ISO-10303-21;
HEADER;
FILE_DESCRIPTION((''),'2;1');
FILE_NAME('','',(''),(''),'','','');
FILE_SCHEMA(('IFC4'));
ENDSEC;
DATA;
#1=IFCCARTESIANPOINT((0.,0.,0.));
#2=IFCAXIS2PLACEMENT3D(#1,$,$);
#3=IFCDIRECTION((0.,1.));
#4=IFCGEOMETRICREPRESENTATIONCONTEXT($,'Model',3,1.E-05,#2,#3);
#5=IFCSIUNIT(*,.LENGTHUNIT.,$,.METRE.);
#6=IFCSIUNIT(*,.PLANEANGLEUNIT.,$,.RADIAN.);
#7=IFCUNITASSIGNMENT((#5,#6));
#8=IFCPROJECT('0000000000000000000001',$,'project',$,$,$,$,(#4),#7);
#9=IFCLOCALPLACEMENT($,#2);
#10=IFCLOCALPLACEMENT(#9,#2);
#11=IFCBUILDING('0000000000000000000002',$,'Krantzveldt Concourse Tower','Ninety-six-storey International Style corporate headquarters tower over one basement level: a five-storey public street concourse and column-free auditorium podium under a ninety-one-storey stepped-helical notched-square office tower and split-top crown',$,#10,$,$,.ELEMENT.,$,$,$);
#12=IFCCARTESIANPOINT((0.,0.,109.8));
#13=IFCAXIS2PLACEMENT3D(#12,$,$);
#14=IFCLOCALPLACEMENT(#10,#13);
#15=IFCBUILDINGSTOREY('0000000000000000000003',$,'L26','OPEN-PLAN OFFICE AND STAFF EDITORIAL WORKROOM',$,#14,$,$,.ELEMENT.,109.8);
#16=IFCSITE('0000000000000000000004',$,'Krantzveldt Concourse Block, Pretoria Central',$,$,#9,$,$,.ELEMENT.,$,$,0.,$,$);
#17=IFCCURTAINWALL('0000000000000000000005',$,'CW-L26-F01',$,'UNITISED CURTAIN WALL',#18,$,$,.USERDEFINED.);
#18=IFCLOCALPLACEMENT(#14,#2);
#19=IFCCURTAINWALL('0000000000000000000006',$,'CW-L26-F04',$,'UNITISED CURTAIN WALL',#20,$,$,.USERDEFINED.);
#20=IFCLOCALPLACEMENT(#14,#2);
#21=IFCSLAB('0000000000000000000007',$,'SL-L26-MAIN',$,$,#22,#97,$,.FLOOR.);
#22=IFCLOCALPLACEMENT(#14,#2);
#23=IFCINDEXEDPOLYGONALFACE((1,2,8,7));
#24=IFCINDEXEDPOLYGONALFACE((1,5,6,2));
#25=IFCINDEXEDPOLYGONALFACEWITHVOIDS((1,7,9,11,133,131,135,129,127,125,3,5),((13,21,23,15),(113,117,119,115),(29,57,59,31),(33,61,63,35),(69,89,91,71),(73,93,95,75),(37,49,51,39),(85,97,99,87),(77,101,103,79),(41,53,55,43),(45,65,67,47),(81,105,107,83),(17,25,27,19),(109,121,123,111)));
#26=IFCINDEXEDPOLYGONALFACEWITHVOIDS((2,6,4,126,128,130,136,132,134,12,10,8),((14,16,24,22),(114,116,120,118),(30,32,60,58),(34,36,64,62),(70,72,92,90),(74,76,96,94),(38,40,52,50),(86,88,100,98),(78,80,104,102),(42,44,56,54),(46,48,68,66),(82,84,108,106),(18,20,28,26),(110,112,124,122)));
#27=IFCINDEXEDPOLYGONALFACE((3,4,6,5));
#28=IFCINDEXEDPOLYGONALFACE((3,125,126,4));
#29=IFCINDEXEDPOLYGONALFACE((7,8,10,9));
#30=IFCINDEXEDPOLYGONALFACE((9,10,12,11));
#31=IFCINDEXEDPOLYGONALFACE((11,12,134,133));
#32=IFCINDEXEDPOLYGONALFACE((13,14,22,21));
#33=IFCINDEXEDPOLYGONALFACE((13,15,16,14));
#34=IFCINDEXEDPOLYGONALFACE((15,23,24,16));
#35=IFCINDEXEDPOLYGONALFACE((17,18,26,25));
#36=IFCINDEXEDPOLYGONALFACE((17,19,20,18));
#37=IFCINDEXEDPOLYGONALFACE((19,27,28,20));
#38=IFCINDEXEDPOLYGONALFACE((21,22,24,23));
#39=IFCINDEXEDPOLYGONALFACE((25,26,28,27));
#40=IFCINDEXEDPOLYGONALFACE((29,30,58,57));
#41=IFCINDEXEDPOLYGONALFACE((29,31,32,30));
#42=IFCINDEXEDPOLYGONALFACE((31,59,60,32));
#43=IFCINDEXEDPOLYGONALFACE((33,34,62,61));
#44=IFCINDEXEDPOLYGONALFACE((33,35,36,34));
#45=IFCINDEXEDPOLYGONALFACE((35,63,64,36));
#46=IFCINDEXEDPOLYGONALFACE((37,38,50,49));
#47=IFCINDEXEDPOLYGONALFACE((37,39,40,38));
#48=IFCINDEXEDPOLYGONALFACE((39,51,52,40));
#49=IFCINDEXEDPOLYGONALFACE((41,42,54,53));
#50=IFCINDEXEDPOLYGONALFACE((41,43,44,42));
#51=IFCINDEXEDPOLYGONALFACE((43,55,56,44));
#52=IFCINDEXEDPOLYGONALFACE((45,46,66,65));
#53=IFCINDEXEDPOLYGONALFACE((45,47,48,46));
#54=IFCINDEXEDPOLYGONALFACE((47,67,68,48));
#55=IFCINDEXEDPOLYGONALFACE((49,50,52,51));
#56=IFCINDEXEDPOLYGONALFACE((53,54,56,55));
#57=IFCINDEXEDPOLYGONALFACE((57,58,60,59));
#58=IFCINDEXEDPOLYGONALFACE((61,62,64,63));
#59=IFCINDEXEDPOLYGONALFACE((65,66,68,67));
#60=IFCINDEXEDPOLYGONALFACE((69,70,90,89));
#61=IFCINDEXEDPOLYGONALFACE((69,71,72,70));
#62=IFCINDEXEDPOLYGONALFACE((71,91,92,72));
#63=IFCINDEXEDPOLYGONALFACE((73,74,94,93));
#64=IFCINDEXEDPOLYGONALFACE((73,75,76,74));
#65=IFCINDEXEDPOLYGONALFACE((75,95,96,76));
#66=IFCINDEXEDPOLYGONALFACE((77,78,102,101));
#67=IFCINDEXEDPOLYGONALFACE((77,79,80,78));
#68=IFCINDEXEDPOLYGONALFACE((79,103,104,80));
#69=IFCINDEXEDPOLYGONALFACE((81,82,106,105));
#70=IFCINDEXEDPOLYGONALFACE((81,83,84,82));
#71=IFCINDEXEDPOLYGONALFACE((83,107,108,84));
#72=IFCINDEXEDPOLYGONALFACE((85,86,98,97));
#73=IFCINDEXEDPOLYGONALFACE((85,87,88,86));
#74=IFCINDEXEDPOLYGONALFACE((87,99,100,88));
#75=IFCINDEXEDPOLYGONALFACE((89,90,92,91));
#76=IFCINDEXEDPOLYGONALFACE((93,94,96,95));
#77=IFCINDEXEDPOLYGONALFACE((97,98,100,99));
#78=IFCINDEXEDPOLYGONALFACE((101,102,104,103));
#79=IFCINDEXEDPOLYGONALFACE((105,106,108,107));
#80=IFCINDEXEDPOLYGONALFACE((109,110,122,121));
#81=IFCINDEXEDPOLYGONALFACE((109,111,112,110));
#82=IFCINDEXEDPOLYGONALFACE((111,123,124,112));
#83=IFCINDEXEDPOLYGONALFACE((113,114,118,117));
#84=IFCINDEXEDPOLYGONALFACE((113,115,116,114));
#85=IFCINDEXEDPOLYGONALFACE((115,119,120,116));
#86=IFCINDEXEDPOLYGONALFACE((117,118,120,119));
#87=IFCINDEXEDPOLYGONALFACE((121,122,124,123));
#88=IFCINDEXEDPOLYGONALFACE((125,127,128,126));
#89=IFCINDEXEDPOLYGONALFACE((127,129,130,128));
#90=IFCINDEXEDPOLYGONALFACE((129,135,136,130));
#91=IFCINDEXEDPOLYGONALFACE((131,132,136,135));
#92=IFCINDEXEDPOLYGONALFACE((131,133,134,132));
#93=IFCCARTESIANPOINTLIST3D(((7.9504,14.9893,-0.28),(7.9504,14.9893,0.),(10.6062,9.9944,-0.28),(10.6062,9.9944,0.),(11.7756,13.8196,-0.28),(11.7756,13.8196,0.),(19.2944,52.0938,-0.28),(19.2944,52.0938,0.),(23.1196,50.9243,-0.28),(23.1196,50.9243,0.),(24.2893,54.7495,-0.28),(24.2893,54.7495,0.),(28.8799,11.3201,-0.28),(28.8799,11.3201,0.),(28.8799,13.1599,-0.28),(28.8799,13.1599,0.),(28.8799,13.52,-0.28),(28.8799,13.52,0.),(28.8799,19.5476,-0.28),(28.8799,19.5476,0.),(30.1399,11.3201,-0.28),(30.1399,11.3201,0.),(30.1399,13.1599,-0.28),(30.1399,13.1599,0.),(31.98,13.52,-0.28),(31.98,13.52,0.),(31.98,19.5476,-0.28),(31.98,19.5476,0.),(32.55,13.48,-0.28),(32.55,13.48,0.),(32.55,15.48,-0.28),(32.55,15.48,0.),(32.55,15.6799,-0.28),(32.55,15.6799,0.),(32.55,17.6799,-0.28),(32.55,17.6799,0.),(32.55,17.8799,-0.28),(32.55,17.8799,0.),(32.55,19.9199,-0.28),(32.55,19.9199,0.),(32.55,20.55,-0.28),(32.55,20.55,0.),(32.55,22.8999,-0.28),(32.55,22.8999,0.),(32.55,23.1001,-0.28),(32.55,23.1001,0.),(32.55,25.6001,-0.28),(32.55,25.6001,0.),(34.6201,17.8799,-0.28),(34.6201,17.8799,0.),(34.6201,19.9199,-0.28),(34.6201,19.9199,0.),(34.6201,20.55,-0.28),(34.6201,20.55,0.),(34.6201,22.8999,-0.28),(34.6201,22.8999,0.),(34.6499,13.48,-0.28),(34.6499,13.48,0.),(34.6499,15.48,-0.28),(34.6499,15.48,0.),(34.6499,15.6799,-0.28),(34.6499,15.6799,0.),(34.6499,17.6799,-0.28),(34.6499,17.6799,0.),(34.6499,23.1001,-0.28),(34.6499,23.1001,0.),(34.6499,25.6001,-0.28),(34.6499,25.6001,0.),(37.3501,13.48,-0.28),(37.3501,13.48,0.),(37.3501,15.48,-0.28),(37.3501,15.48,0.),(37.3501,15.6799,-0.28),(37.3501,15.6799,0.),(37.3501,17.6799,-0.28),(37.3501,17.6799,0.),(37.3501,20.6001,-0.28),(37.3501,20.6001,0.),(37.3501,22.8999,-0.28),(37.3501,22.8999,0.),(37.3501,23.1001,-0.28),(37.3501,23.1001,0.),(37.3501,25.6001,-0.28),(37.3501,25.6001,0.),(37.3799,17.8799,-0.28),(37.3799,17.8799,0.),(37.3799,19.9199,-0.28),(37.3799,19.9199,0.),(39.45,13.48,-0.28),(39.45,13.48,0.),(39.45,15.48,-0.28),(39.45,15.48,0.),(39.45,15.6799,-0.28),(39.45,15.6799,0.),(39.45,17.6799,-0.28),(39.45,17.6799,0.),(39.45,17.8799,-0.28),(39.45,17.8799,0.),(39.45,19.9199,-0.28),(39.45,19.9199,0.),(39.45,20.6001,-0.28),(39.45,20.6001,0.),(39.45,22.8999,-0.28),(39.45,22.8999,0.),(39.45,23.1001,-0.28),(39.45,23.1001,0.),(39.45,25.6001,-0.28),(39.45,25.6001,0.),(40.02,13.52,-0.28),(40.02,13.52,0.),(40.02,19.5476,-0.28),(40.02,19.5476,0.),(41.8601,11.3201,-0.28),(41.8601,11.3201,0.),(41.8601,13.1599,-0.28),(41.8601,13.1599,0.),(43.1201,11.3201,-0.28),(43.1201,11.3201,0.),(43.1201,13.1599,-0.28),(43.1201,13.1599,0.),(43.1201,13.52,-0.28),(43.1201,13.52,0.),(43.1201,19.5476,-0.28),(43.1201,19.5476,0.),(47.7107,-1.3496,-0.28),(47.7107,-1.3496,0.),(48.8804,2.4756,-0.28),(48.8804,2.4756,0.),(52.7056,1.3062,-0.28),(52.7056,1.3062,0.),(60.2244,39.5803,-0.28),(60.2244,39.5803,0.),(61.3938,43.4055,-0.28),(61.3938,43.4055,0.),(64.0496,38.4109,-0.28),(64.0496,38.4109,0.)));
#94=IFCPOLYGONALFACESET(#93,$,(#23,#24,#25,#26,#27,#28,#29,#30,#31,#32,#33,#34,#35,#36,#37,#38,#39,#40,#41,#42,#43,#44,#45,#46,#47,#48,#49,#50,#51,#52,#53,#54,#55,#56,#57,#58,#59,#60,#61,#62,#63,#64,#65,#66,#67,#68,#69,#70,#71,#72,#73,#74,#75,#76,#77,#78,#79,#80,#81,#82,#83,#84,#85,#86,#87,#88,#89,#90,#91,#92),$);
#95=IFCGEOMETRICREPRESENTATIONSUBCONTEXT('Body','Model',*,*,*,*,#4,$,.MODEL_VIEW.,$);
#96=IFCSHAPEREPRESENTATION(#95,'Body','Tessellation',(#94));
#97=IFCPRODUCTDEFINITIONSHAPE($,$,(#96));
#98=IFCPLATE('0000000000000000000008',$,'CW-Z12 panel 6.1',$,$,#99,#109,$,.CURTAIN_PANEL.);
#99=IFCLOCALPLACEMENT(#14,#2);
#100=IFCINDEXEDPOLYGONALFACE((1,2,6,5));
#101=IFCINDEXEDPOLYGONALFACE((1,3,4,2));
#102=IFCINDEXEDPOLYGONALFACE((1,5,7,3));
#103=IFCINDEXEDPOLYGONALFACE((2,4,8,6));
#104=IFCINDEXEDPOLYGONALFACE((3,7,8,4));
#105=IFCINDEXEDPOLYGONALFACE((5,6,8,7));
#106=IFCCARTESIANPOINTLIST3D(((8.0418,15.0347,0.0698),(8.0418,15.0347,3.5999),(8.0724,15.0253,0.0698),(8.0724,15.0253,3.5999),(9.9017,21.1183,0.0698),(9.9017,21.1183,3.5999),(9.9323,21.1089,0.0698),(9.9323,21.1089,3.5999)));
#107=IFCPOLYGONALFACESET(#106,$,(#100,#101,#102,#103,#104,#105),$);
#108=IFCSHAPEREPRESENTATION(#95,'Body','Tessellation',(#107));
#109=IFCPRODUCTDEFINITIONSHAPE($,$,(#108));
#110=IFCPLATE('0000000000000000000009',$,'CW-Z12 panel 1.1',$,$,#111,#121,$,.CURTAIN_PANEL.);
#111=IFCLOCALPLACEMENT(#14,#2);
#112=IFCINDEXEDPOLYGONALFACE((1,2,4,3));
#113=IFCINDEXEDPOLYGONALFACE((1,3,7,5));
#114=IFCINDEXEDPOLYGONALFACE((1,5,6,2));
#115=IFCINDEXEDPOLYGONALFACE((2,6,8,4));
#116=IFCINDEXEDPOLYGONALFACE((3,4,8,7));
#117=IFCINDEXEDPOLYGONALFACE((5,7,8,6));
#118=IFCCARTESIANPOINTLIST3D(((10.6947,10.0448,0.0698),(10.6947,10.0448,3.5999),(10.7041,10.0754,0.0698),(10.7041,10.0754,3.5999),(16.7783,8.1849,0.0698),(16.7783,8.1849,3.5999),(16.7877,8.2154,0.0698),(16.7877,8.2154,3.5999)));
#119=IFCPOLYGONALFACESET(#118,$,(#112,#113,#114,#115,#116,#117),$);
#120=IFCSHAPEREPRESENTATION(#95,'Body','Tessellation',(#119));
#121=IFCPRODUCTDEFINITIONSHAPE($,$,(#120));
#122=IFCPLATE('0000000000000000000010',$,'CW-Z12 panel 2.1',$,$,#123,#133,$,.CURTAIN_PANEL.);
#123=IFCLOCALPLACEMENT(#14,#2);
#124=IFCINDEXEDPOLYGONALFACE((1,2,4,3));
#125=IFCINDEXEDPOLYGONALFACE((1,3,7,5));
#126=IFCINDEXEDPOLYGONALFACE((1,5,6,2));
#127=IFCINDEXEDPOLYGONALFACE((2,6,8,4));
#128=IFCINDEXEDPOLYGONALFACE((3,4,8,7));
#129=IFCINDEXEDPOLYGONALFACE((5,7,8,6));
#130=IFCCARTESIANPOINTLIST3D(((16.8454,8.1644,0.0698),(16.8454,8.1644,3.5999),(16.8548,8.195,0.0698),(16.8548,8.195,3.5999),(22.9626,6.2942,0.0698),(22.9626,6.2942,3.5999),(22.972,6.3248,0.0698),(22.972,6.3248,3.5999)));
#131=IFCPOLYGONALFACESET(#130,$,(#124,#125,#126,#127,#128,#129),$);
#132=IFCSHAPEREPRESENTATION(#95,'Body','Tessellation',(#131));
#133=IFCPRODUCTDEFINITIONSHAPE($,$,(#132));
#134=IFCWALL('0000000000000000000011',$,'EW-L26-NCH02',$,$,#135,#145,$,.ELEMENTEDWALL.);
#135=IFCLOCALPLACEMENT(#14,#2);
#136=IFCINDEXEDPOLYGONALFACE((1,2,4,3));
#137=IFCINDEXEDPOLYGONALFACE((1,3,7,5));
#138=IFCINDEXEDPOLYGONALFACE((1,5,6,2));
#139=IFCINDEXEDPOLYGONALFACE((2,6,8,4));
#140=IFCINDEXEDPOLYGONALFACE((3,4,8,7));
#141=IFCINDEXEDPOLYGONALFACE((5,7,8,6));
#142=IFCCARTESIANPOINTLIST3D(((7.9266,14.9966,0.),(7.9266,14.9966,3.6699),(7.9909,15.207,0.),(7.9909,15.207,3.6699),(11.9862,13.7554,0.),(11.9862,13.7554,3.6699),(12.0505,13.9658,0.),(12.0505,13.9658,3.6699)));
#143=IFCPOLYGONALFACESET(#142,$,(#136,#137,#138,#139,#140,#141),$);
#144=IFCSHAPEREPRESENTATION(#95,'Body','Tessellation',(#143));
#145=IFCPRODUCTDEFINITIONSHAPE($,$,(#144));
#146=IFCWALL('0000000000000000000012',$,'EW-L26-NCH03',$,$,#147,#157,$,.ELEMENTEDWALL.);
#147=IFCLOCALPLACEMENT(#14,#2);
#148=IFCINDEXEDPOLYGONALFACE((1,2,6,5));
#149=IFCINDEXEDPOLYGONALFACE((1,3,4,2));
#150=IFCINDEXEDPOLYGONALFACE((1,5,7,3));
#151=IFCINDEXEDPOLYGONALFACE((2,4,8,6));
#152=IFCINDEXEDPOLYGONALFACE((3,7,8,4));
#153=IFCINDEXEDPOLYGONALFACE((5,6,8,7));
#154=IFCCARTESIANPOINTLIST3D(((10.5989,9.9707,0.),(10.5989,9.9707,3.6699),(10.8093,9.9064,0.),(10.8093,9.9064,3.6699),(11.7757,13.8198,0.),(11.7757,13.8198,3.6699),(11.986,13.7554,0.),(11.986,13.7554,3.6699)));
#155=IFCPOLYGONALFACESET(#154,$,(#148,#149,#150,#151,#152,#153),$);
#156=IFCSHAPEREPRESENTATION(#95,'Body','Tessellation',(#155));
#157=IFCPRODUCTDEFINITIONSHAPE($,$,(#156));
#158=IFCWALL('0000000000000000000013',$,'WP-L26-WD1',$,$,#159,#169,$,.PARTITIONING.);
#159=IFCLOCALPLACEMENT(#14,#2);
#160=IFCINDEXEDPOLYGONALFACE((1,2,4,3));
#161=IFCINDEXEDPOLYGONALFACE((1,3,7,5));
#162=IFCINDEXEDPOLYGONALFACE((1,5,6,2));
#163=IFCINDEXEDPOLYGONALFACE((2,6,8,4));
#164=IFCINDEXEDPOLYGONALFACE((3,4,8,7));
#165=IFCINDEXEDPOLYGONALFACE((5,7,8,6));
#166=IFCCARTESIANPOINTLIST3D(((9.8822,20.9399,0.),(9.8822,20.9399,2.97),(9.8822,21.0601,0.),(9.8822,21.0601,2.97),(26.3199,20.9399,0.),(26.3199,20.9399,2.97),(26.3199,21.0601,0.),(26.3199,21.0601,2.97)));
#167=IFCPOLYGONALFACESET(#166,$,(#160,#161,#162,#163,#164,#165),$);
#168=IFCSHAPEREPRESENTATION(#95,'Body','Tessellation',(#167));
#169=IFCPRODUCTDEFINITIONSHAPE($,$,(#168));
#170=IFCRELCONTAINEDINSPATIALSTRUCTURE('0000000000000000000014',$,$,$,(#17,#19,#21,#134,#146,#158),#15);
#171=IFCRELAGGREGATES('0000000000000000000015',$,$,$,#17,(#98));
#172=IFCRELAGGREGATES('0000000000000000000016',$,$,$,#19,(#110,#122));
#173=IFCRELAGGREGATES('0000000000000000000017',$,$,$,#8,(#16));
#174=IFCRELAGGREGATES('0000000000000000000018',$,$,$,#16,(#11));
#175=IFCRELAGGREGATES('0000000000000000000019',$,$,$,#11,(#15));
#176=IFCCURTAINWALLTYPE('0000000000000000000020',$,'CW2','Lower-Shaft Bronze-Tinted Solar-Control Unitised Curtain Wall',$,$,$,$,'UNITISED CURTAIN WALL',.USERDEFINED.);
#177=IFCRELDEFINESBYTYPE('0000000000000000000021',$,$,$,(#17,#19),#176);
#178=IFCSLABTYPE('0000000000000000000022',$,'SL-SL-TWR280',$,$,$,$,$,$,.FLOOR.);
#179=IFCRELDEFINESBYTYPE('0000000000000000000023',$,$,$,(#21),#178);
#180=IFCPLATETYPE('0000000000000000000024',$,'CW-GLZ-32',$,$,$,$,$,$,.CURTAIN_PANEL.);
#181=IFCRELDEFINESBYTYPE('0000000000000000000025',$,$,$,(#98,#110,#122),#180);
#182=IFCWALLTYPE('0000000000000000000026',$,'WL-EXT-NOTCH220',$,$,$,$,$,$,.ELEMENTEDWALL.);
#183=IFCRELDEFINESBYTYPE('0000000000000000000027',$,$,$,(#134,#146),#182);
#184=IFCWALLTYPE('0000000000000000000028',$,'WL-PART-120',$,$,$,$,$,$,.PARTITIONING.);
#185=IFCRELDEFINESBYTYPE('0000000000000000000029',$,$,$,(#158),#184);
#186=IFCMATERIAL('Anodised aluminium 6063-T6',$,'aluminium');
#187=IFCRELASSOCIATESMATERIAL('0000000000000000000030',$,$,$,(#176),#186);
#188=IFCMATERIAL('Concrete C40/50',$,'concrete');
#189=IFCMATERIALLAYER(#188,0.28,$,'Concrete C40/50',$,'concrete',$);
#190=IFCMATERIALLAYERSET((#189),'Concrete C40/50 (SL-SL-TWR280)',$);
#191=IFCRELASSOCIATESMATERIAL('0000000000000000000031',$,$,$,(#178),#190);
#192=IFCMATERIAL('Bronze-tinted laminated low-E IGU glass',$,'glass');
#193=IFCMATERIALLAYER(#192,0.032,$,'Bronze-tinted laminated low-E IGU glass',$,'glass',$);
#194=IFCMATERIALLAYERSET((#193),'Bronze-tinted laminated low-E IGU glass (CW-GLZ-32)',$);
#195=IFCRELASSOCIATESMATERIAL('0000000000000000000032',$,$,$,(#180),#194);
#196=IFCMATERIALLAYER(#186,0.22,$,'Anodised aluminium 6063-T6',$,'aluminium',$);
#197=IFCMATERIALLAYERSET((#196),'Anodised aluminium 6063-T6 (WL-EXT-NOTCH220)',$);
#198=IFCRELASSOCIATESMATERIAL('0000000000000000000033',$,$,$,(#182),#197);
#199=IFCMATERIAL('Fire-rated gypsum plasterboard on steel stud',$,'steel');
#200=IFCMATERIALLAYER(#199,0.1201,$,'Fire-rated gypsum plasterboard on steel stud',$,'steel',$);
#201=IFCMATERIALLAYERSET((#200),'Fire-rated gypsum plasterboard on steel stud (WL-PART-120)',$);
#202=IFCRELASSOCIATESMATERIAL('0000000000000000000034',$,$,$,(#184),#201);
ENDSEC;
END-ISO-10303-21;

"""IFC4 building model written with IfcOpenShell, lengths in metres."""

from ifc_helpers import new_model, si_unit, direction, frame, frame_2d, origin, origin_2d, place, context, subcontext, project, spatial, polyline, rectangle, outline, extrude, source, transform, mapped, material, layer, layer_set, type_object, type_shapes, element, aggregate, save


model = new_model("IFC4")

# Units and contexts
model_context = context("Model", 3, precision=1e-05, world=origin(), true_north=direction((0.0, 1.0)))
body_context = subcontext(model_context, "Body", "Model", "MODEL_VIEW")
ifc_project = project(units=[si_unit("LENGTHUNIT", "METRE"), si_unit("PLANEANGLEUNIT", "RADIAN")], contexts=[model_context])

# Site, building, storey
site_placement = place(None, origin())
site = spatial("IfcSite", under=ifc_project, at=site_placement, Name="Krantzveldt Concourse Block, Pretoria Central", CompositionType="ELEMENT", RefElevation=0.0)
building_placement = place(site_placement, origin())
building = spatial("IfcBuilding", under=site, at=building_placement, Name="Krantzveldt Concourse Tower", Description="Ninety-six-storey International Style corporate headquarters tower over one basement level: a five-storey public street concourse and column-free auditorium podium under a ninety-one-storey stepped-helical notched-square office tower and split-top crown", CompositionType="ELEMENT")
storey_placement = place(building_placement, frame((0.0, 0.0, 109.8)))
storey = spatial("IfcBuildingStorey", under=building, at=storey_placement, Name="L26", Description="OPEN-PLAN OFFICE AND STAFF EDITORIAL WORKROOM", CompositionType="ELEMENT", Elevation=109.8)

# Curtain walls
ifc_material_1 = material(Name="Anodised aluminium 6063-T6", Category="aluminium")
curtain_wall_type = type_object("IfcCurtainWallType", Name="CW2", Description="Lower-Shaft Bronze-Tinted Solar-Control Unitised Curtain Wall", ElementType="UNITISED CURTAIN WALL", PredefinedType="USERDEFINED", material=ifc_material_1)
curtain_wall_1_placement = place(storey_placement, origin())
curtain_wall_1 = element("IfcCurtainWall", 1, at=curtain_wall_1_placement, inside=storey, type_object=curtain_wall_type, Name="CW-L26-F01", ObjectType="UNITISED CURTAIN WALL", PredefinedType="USERDEFINED")
curtain_wall_2_placement = place(storey_placement, origin())
curtain_wall_2 = element("IfcCurtainWall", 2, at=curtain_wall_2_placement, inside=storey, type_object=curtain_wall_type, Name="CW-L26-F04", ObjectType="UNITISED CURTAIN WALL", PredefinedType="USERDEFINED")

# Slab
ifc_material_2 = material(Name="Concrete C40/50", Category="concrete")
ifc_layer_1 = layer(ifc_material_2, 0.28, Name="Concrete C40/50", Category="concrete")
ifc_layer_set_1 = layer_set([ifc_layer_1], Name="Concrete C40/50 (SL-SL-TWR280)")
slab_type_1 = type_object("IfcSlabType", Name="SL-SL-TWR280", PredefinedType="FLOOR", material=ifc_layer_set_1)
slab_1_placement = place(storey_placement, frame((0.0, 0.0, -0.28)))
element("IfcSlab", 3, at=slab_1_placement, inside=storey, type_object=slab_type_1, Name="SL-L26-MAIN", PredefinedType="FLOOR", context=body_context, shape_type="SweptSolid", body=[
    extrude(outline(polyline([(23.1196, 50.9243), (19.2944, 52.0938), (7.9504, 14.9893), (11.7756, 13.8196), (10.6062, 9.9944), (47.7107, -1.3496), (48.8804, 2.4756), (52.7056, 1.3062), (64.0496, 38.4109), (60.2244, 39.5803), (61.3938, 43.4055), (24.2893, 54.7495), (23.1196, 50.9243)]), holes=[polyline([(28.8799, 19.5476), (28.8799, 13.52), (31.98, 13.52), (31.98, 19.5476), (28.8799, 19.5476)]), polyline([(40.02, 19.5476), (40.02, 13.52), (43.1201, 13.52), (43.1201, 19.5476), (40.02, 19.5476)]), polyline([(32.55, 23.1001), (34.6499, 23.1001), (34.6499, 25.6001), (32.55, 25.6001), (32.55, 23.1001)]), polyline([(37.3501, 23.1001), (39.45, 23.1001), (39.45, 25.6001), (37.3501, 25.6001), (37.3501, 23.1001)]), polyline([(37.3501, 20.6001), (39.45, 20.6001), (39.45, 22.8999), (37.3501, 22.8999), (37.3501, 20.6001)]), polyline([(32.55, 13.48), (34.6499, 13.48), (34.6499, 15.48), (32.55, 15.48), (32.55, 13.48)]), polyline([(32.55, 15.6799), (34.6499, 15.6799), (34.6499, 17.6799), (32.55, 17.6799), (32.55, 15.6799)]), polyline([(37.3501, 13.48), (39.45, 13.48), (39.45, 15.48), (37.3501, 15.48), (37.3501, 13.48)]), polyline([(37.3501, 15.6799), (39.45, 15.6799), (39.45, 17.6799), (37.3501, 17.6799), (37.3501, 15.6799)]), polyline([(32.55, 20.55), (34.6201, 20.55), (34.6201, 22.8999), (32.55, 22.8999), (32.55, 20.55)]), polyline([(32.55, 17.8799), (34.6201, 17.8799), (34.6201, 19.9199), (32.55, 19.9199), (32.55, 17.8799)]), polyline([(37.3799, 17.8799), (39.45, 17.8799), (39.45, 19.9199), (37.3799, 19.9199), (37.3799, 17.8799)]), polyline([(28.8799, 11.3201), (30.1399, 11.3201), (30.1399, 13.1599), (28.8799, 13.1599), (28.8799, 11.3201)]), polyline([(41.8601, 11.3201), (43.1201, 11.3201), (43.1201, 13.1599), (41.8601, 13.1599), (41.8601, 11.3201)])]), origin(), (0.0, 0.0, 1.0), 0.28),
])

# Plates
ifc_material_3 = material(Name="Bronze-tinted laminated low-E IGU glass", Category="glass")
ifc_layer_2 = layer(ifc_material_3, 0.032, Name="Bronze-tinted laminated low-E IGU glass", Category="glass")
ifc_layer_set_2 = layer_set([ifc_layer_2], Name="Bronze-tinted laminated low-E IGU glass (CW-GLZ-32)")
plate_type = type_object("IfcPlateType", Name="CW-GLZ-32", PredefinedType="CURTAIN_PANEL", material=ifc_layer_set_2)
shared_shape_1 = source(origin(), body_context, "Body", "SweptSolid", [
    extrude(rectangle(XDim=6.3616, YDim=0.032, at=origin_2d()), origin(), (0.0, 0.0, 1.0), 3.53),
])
plate_1_placement = place(storey_placement, frame((8.9871, 18.0718, 0.0698), z_axis=(0.0, 0.0, 1.0), x_axis=(-0.292372, -0.956305, 0.0)))
plate_1 = element("IfcPlate", 4, at=plate_1_placement, type_object=plate_type, Name="CW-Z12 panel 6.1", PredefinedType="CURTAIN_PANEL", context=body_context, shape_type="MappedRepresentation", body=[
    mapped(shared_shape_1, transform((0.0, 0.0, 0.0), x_axis=(1.0, 0.0, 0.0), y_axis=(0.0, 1.0, 0.0), z_axis=(0.0, 0.0, 1.0), scale=1.0)),
])
aggregate(curtain_wall_1, [plate_1])
plate_2_placement = place(storey_placement, frame((13.7412, 9.1301, 0.0698), z_axis=(0.0, 0.0, 1.0), x_axis=(0.956305, -0.292372, 0.0)))
plate_2 = element("IfcPlate", 5, at=plate_2_placement, type_object=plate_type, Name="CW-Z12 panel 1.1", PredefinedType="CURTAIN_PANEL", context=body_context, shape_type="MappedRepresentation", body=[
    mapped(shared_shape_1, transform((0.0, 0.0, 0.0), x_axis=(1.0, 0.0, 0.0), y_axis=(0.0, 1.0, 0.0), z_axis=(0.0, 0.0, 1.0), scale=1.0)),
])
shared_shape_2 = source(origin(), body_context, "Body", "SweptSolid", [
    extrude(rectangle(XDim=6.3967, YDim=0.032, at=origin_2d()), origin(), (0.0, 0.0, 1.0), 3.53),
])
type_shapes(plate_type, [shared_shape_1, shared_shape_2])
plate_3_placement = place(storey_placement, frame((19.9087, 7.2446, 0.0698), z_axis=(0.0, 0.0, 1.0), x_axis=(0.956305, -0.292372, 0.0)))
plate_3 = element("IfcPlate", 6, at=plate_3_placement, type_object=plate_type, Name="CW-Z12 panel 2.1", PredefinedType="CURTAIN_PANEL", context=body_context, shape_type="MappedRepresentation", body=[
    mapped(shared_shape_2, transform((0.0, 0.0, 0.0), x_axis=(1.0, 0.0, 0.0), y_axis=(0.0, 1.0, 0.0), z_axis=(0.0, 0.0, 1.0), scale=1.0)),
])
aggregate(curtain_wall_2, [plate_2, plate_3])

# Walls
ifc_layer_3 = layer(ifc_material_1, 0.22, Name="Anodised aluminium 6063-T6", Category="aluminium")
ifc_layer_set_3 = layer_set([ifc_layer_3], Name="Anodised aluminium 6063-T6 (WL-EXT-NOTCH220)")
wall_type_1 = type_object("IfcWallType", Name="WL-EXT-NOTCH220", PredefinedType="ELEMENTEDWALL", material=ifc_layer_set_3)
wall_1_placement = place(storey_placement, frame((7.9587, 15.1018, 0.0), z_axis=(0.0, 0.0, 1.0), x_axis=(0.9563, -0.292388, 0.0)))
element("IfcWall", 7, at=wall_1_placement, inside=storey, type_object=wall_type_1, Name="EW-L26-NCH02", PredefinedType="ELEMENTEDWALL", context=body_context, shape_type="SweptSolid", body=[
    extrude(rectangle(XDim=4.2451, YDim=0.22, at=frame_2d((2.1226, 0.0))), origin(), (0.0, 0.0, 1.0), 3.6699),
])
wall_2_placement = place(storey_placement, frame((11.8809, 13.7876, 0.0), z_axis=(0.0, 0.0, 1.0), x_axis=(-0.292363, -0.956307, 0.0)))
element("IfcWall", 8, at=wall_2_placement, inside=storey, type_object=wall_type_1, Name="EW-L26-NCH03", PredefinedType="ELEMENTEDWALL", context=body_context, shape_type="SweptSolid", body=[
    extrude(rectangle(XDim=4.0249, YDim=0.22, at=frame_2d((2.0125, 0.0))), origin(), (0.0, 0.0, 1.0), 3.6699),
])
ifc_material_4 = material(Name="Fire-rated gypsum plasterboard on steel stud", Category="steel")
ifc_layer_4 = layer(ifc_material_4, 0.1201, Name="Fire-rated gypsum plasterboard on steel stud", Category="steel")
ifc_layer_set_4 = layer_set([ifc_layer_4], Name="Fire-rated gypsum plasterboard on steel stud (WL-PART-120)")
wall_type_2 = type_object("IfcWallType", Name="WL-PART-120", PredefinedType="PARTITIONING", material=ifc_layer_set_4)
wall_3_placement = place(storey_placement, frame((9.8823, 21.0, 0.0), z_axis=(0.0, 0.0, 1.0), x_axis=(1.0, 0.0, 0.0)))
element("IfcWall", 9, at=wall_3_placement, inside=storey, type_object=wall_type_2, Name="WP-L26-WD1", PredefinedType="PARTITIONING", context=body_context, shape_type="SweptSolid", body=[
    extrude(rectangle(XDim=16.4377, YDim=0.1201, at=frame_2d((8.2188, 0.0))), origin(), (0.0, 0.0, 1.0), 2.97),
])

save(model, "model.ifc")
